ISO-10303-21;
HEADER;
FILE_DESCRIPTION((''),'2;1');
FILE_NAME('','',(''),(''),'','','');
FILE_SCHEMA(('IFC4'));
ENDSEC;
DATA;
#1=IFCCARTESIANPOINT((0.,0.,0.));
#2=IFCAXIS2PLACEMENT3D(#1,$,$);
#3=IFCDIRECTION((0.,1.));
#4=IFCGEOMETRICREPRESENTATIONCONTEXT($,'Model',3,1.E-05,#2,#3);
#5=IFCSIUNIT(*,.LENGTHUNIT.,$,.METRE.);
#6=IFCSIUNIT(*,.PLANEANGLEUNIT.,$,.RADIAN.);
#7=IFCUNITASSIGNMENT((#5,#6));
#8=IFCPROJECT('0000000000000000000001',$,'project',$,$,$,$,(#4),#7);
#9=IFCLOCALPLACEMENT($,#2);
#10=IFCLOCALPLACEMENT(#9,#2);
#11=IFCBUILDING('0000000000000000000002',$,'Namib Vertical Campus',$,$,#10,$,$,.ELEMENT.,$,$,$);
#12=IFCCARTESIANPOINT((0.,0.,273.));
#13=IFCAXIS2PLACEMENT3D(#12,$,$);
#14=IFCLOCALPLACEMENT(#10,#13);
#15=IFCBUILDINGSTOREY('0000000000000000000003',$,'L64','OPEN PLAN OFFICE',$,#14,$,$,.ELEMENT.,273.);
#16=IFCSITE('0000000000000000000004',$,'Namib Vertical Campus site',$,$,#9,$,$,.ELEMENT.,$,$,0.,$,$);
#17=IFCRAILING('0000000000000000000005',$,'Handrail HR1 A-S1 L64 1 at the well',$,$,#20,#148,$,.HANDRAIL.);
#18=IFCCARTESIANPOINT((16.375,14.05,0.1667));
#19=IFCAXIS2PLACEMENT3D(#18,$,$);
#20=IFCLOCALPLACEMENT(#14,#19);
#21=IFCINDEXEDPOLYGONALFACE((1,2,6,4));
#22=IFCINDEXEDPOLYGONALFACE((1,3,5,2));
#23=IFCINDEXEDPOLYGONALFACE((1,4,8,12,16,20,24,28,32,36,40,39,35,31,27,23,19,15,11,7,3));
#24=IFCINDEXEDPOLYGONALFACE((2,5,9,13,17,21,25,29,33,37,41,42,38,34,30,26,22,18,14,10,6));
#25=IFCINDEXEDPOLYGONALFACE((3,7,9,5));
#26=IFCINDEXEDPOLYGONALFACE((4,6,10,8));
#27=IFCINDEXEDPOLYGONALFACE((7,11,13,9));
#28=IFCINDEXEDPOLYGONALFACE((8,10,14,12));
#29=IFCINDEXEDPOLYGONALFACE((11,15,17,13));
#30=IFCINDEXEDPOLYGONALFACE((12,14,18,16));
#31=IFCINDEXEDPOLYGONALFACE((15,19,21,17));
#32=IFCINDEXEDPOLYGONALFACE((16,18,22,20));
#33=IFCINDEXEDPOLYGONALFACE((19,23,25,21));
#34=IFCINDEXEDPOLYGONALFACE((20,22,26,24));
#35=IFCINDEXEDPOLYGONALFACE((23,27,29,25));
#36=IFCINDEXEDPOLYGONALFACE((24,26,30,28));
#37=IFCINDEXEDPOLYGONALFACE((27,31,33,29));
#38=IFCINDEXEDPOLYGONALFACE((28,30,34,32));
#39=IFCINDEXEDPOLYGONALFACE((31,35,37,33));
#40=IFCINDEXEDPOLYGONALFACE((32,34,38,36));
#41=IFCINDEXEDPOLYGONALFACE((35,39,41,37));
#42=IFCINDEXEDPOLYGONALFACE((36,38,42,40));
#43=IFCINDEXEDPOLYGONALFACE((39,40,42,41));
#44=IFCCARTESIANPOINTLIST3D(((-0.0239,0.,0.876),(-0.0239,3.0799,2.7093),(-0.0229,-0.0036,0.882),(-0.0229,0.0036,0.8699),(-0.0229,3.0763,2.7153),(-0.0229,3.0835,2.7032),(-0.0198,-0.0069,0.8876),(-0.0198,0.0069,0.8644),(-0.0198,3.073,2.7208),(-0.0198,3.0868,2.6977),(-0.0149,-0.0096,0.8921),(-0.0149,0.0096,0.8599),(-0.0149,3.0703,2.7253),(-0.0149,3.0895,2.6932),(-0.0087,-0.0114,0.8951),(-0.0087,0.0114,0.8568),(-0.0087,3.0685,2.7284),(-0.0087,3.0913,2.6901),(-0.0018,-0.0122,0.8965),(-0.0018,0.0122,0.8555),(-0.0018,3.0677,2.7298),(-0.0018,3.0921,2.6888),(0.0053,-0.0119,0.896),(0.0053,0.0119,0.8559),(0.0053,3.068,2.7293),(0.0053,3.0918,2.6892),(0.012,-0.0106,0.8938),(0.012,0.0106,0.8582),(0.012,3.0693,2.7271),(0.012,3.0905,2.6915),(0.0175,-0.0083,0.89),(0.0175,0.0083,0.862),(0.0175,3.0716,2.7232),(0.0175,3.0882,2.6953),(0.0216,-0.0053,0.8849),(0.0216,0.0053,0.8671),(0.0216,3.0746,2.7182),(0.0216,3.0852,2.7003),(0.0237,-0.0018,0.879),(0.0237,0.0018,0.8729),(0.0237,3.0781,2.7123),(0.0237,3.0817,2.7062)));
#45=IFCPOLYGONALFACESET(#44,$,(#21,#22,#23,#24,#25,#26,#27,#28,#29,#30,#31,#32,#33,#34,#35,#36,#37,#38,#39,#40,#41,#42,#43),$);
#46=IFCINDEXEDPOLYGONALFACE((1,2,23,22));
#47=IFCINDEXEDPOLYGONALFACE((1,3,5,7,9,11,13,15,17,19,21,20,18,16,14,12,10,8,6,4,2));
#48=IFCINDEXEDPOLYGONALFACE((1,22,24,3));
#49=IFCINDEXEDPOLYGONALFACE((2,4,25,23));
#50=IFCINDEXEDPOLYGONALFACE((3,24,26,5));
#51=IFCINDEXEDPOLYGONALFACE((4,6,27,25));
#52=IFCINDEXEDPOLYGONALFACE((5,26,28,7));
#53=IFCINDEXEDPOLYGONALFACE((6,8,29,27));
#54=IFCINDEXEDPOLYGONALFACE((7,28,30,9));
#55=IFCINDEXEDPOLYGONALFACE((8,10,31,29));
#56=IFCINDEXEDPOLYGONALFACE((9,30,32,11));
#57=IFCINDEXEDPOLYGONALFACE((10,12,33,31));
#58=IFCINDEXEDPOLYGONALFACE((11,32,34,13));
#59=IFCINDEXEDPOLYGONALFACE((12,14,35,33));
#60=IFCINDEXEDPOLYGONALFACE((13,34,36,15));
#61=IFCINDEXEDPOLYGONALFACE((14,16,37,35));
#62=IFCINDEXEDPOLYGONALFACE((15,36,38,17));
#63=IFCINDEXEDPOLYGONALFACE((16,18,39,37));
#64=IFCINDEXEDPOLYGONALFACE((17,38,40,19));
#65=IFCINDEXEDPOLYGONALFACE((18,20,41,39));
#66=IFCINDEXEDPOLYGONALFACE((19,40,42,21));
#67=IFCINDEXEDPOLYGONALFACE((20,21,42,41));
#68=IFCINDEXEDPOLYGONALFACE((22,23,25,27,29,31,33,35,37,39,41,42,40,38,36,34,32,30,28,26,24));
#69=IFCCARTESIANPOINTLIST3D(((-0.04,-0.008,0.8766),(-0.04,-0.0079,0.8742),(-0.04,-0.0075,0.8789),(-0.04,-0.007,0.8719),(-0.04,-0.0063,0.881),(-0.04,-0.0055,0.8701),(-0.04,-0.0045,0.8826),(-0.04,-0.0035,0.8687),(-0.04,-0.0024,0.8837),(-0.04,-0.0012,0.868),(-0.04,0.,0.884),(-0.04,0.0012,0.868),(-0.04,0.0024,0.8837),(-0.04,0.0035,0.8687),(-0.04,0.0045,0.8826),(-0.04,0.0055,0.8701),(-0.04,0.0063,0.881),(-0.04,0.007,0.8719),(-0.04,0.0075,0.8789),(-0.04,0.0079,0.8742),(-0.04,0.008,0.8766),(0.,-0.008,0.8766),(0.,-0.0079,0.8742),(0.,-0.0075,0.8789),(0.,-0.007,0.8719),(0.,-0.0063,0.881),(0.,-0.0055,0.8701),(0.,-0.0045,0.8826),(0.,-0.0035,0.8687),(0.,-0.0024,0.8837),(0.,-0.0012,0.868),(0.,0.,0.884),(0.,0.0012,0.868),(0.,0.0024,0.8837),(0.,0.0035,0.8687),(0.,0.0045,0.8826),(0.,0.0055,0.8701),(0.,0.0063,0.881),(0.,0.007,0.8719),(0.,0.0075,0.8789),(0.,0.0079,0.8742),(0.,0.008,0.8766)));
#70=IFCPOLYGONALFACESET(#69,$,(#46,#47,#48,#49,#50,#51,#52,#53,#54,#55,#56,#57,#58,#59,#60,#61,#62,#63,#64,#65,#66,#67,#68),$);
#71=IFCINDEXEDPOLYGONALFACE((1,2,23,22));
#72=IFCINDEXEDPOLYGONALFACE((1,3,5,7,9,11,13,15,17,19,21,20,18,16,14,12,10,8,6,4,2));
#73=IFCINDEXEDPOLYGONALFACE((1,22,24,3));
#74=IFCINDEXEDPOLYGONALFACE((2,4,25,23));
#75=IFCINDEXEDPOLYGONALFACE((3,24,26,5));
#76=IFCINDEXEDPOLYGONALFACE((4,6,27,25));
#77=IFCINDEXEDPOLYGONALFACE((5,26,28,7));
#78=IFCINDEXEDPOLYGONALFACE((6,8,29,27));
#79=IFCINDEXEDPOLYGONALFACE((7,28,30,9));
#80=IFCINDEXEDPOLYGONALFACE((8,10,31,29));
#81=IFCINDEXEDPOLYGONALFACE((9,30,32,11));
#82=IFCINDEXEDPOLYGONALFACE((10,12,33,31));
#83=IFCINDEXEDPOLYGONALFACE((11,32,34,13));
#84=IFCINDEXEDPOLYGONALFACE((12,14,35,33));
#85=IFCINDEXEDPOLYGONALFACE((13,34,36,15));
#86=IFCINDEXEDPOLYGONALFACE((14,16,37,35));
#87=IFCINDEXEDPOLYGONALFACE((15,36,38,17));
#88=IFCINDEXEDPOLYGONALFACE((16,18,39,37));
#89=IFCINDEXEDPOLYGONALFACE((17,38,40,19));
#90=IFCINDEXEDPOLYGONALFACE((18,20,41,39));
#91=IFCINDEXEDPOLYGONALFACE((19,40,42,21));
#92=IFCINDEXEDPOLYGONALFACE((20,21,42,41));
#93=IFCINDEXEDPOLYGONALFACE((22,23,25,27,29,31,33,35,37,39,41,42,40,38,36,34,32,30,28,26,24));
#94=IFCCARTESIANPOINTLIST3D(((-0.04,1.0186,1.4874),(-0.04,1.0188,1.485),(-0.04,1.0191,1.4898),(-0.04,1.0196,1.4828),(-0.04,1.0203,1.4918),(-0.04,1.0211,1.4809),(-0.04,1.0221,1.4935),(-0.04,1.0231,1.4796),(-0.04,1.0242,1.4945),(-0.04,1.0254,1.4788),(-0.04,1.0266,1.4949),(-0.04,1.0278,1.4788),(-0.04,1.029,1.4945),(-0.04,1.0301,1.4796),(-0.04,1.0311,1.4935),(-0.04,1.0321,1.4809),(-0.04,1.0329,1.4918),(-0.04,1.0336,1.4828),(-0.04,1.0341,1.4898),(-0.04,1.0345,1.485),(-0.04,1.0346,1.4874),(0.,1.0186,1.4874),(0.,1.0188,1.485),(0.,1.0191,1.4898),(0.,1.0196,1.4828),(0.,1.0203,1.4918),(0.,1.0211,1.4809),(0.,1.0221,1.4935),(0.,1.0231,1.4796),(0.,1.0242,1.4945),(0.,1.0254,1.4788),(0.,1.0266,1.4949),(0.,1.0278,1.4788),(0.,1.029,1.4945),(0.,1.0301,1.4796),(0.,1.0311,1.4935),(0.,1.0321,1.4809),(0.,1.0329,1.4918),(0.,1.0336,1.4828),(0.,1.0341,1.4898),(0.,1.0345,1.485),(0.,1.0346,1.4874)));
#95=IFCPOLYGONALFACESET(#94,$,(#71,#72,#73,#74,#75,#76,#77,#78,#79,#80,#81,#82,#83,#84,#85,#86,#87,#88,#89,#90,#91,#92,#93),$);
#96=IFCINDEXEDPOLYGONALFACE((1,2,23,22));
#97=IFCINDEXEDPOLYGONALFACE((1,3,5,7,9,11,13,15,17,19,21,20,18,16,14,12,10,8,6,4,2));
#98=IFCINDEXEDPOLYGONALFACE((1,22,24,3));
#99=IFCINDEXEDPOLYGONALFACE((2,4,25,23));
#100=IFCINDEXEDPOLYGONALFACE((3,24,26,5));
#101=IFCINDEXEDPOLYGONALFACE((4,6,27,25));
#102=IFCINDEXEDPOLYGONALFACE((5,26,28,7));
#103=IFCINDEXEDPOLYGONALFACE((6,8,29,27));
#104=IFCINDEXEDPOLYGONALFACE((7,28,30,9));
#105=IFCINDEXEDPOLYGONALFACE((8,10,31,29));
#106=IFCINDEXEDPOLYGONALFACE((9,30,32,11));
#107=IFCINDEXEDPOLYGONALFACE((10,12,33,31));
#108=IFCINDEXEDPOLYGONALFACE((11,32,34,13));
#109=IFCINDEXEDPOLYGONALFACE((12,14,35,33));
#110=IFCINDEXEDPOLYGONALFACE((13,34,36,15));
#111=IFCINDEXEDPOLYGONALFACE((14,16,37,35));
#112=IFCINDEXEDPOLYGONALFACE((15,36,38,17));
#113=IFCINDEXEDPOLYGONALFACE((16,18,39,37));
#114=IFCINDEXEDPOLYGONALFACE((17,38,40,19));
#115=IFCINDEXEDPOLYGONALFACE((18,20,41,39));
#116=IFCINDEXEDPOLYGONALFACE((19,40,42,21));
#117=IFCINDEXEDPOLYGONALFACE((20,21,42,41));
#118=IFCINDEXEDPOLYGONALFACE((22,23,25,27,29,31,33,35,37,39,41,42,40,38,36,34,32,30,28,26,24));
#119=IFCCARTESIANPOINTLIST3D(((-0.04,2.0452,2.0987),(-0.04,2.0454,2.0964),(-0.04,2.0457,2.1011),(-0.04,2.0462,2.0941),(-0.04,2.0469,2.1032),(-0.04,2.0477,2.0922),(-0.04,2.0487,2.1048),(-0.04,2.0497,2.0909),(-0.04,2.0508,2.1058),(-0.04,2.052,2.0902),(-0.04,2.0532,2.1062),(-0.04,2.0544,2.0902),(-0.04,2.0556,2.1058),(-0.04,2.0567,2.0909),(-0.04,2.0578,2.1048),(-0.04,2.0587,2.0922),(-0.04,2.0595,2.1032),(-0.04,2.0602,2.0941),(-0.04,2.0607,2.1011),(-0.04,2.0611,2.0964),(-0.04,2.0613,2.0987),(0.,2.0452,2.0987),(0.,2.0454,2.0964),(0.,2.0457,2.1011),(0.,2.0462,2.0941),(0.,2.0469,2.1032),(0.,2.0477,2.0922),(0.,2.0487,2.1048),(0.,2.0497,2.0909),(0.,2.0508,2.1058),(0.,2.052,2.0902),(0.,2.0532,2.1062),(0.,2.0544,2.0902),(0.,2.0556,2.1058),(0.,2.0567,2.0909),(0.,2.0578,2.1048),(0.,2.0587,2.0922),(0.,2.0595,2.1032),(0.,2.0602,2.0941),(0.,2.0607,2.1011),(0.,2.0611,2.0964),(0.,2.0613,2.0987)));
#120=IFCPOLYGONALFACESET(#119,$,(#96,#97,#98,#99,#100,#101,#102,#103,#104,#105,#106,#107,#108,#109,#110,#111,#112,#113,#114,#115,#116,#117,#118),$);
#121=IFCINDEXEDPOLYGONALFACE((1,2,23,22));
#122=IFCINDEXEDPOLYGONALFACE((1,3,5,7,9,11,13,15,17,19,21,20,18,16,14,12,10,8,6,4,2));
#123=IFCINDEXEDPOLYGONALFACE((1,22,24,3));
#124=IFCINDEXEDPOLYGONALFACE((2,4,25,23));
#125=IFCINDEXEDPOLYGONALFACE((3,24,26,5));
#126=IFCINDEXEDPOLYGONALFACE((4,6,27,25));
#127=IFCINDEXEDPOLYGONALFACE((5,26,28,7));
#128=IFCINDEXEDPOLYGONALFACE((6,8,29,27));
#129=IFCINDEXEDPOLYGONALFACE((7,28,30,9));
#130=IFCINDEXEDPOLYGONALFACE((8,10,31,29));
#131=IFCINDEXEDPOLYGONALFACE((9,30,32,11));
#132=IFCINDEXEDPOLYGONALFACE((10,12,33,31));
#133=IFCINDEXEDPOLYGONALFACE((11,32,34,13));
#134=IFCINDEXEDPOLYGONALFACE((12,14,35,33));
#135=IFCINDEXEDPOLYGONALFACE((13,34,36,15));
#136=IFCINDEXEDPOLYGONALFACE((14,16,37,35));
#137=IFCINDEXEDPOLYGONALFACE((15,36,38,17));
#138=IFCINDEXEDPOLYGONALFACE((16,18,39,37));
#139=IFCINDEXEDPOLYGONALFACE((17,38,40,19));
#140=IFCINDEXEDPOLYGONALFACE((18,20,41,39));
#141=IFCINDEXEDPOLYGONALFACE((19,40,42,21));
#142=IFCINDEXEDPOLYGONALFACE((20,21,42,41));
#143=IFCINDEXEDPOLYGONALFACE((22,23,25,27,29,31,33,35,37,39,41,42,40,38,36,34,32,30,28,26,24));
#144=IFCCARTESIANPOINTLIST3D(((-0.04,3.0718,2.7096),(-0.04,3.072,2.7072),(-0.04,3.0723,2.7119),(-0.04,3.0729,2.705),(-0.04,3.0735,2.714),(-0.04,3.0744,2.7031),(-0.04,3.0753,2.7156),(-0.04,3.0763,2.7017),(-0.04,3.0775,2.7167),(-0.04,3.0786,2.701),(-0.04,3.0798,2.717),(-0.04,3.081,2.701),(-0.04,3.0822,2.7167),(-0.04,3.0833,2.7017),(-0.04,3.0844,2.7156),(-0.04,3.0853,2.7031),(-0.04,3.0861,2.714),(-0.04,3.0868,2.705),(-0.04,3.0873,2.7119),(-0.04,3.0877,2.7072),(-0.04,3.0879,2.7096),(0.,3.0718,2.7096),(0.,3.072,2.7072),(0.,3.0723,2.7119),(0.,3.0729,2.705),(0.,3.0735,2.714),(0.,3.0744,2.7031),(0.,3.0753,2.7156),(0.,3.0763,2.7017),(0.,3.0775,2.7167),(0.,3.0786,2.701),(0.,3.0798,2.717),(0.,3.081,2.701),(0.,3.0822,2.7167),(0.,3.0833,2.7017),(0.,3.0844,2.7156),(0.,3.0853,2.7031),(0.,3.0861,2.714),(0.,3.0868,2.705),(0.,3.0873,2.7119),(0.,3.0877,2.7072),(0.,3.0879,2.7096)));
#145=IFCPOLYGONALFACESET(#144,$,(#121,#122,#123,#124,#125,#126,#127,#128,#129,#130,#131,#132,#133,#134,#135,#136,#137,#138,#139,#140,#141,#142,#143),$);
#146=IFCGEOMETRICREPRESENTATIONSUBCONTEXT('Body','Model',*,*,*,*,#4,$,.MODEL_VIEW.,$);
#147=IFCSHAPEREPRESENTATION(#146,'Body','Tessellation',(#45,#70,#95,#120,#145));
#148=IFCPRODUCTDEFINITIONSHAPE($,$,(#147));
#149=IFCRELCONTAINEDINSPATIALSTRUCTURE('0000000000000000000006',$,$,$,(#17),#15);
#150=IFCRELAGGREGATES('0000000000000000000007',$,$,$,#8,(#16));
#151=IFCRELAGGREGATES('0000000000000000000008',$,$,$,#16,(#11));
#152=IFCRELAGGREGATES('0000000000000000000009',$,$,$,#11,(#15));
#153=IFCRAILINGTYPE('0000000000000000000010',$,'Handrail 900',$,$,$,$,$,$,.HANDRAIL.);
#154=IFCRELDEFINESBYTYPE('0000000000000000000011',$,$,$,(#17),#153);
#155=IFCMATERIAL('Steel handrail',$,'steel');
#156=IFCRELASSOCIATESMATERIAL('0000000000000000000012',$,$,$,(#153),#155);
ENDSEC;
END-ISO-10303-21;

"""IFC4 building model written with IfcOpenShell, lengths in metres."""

from ifc_helpers import new_model, si_unit, direction, frame, origin, origin_2d, place, context, subcontext, project, spatial, circle, extrude, material, type_object, element, save


model = new_model("IFC4")

# Units and contexts
model_context = context("Model", 3, precision=1e-05, world=origin(), true_north=direction((0.0, 1.0)))
body_context = subcontext(model_context, "Body", "Model", "MODEL_VIEW")
ifc_project = project(units=[si_unit("LENGTHUNIT", "METRE"), si_unit("PLANEANGLEUNIT", "RADIAN")], contexts=[model_context])

# Site, building, storey
site_placement = place(None, origin())
site = spatial("IfcSite", under=ifc_project, at=site_placement, Name="Namib Vertical Campus site", CompositionType="ELEMENT", RefElevation=0.0)
building_placement = place(site_placement, origin())
building = spatial("IfcBuilding", under=site, at=building_placement, Name="Namib Vertical Campus", CompositionType="ELEMENT")
storey_placement = place(building_placement, frame((0.0, 0.0, 273.0)))
storey = spatial("IfcBuildingStorey", under=building, at=storey_placement, Name="L64", Description="OPEN PLAN OFFICE", CompositionType="ELEMENT", Elevation=273.0)

# Railing
ifc_material_1 = material(Name="Steel handrail", Category="steel")
railing_type_1 = type_object("IfcRailingType", Name="Handrail 900", PredefinedType="HANDRAIL", material=ifc_material_1)
railing_1_placement = place(storey_placement, frame((16.375, 14.05, 0.1667)))
element("IfcRailing", 1, at=railing_1_placement, inside=storey, type_object=railing_type_1, Name="Handrail HR1 A-S1 L64 1 at the well", PredefinedType="HANDRAIL", context=body_context, shape_type="SweptSolid", body=[
    extrude(circle(Radius=0.0239, at=origin_2d()), frame((0.0, 0.0, 0.876), z_axis=(0.0, 0.859291, 0.511487), x_axis=(-1.0, 0.0, 0.0)), (0.0, 0.0, 1.0), 3.5842),
    extrude(circle(Radius=0.0081, at=origin_2d()), frame((0.0, 0.0, 0.876), z_axis=(-1.0, 0.0, 0.0), x_axis=(0.0, 0.0, 1.0)), (0.0, 0.0, 1.0), 0.04),
    extrude(circle(Radius=0.0081, at=origin_2d()), frame((0.0, 1.0266, 1.4868), z_axis=(-1.0, 0.0, 0.0), x_axis=(0.0, 0.0, 1.0)), (0.0, 0.0, 1.0), 0.04),
    extrude(circle(Radius=0.0081, at=origin_2d()), frame((0.0, 2.0532, 2.0981), z_axis=(-1.0, 0.0, 0.0), x_axis=(0.0, 0.0, 1.0)), (0.0, 0.0, 1.0), 0.04),
    extrude(circle(Radius=0.0081, at=origin_2d()), frame((0.0, 3.0798, 2.709), z_axis=(-1.0, 0.0, 0.0), x_axis=(0.0, 0.0, 1.0)), (0.0, 0.0, 1.0), 0.04),
])

save(model, "model.ifc")
